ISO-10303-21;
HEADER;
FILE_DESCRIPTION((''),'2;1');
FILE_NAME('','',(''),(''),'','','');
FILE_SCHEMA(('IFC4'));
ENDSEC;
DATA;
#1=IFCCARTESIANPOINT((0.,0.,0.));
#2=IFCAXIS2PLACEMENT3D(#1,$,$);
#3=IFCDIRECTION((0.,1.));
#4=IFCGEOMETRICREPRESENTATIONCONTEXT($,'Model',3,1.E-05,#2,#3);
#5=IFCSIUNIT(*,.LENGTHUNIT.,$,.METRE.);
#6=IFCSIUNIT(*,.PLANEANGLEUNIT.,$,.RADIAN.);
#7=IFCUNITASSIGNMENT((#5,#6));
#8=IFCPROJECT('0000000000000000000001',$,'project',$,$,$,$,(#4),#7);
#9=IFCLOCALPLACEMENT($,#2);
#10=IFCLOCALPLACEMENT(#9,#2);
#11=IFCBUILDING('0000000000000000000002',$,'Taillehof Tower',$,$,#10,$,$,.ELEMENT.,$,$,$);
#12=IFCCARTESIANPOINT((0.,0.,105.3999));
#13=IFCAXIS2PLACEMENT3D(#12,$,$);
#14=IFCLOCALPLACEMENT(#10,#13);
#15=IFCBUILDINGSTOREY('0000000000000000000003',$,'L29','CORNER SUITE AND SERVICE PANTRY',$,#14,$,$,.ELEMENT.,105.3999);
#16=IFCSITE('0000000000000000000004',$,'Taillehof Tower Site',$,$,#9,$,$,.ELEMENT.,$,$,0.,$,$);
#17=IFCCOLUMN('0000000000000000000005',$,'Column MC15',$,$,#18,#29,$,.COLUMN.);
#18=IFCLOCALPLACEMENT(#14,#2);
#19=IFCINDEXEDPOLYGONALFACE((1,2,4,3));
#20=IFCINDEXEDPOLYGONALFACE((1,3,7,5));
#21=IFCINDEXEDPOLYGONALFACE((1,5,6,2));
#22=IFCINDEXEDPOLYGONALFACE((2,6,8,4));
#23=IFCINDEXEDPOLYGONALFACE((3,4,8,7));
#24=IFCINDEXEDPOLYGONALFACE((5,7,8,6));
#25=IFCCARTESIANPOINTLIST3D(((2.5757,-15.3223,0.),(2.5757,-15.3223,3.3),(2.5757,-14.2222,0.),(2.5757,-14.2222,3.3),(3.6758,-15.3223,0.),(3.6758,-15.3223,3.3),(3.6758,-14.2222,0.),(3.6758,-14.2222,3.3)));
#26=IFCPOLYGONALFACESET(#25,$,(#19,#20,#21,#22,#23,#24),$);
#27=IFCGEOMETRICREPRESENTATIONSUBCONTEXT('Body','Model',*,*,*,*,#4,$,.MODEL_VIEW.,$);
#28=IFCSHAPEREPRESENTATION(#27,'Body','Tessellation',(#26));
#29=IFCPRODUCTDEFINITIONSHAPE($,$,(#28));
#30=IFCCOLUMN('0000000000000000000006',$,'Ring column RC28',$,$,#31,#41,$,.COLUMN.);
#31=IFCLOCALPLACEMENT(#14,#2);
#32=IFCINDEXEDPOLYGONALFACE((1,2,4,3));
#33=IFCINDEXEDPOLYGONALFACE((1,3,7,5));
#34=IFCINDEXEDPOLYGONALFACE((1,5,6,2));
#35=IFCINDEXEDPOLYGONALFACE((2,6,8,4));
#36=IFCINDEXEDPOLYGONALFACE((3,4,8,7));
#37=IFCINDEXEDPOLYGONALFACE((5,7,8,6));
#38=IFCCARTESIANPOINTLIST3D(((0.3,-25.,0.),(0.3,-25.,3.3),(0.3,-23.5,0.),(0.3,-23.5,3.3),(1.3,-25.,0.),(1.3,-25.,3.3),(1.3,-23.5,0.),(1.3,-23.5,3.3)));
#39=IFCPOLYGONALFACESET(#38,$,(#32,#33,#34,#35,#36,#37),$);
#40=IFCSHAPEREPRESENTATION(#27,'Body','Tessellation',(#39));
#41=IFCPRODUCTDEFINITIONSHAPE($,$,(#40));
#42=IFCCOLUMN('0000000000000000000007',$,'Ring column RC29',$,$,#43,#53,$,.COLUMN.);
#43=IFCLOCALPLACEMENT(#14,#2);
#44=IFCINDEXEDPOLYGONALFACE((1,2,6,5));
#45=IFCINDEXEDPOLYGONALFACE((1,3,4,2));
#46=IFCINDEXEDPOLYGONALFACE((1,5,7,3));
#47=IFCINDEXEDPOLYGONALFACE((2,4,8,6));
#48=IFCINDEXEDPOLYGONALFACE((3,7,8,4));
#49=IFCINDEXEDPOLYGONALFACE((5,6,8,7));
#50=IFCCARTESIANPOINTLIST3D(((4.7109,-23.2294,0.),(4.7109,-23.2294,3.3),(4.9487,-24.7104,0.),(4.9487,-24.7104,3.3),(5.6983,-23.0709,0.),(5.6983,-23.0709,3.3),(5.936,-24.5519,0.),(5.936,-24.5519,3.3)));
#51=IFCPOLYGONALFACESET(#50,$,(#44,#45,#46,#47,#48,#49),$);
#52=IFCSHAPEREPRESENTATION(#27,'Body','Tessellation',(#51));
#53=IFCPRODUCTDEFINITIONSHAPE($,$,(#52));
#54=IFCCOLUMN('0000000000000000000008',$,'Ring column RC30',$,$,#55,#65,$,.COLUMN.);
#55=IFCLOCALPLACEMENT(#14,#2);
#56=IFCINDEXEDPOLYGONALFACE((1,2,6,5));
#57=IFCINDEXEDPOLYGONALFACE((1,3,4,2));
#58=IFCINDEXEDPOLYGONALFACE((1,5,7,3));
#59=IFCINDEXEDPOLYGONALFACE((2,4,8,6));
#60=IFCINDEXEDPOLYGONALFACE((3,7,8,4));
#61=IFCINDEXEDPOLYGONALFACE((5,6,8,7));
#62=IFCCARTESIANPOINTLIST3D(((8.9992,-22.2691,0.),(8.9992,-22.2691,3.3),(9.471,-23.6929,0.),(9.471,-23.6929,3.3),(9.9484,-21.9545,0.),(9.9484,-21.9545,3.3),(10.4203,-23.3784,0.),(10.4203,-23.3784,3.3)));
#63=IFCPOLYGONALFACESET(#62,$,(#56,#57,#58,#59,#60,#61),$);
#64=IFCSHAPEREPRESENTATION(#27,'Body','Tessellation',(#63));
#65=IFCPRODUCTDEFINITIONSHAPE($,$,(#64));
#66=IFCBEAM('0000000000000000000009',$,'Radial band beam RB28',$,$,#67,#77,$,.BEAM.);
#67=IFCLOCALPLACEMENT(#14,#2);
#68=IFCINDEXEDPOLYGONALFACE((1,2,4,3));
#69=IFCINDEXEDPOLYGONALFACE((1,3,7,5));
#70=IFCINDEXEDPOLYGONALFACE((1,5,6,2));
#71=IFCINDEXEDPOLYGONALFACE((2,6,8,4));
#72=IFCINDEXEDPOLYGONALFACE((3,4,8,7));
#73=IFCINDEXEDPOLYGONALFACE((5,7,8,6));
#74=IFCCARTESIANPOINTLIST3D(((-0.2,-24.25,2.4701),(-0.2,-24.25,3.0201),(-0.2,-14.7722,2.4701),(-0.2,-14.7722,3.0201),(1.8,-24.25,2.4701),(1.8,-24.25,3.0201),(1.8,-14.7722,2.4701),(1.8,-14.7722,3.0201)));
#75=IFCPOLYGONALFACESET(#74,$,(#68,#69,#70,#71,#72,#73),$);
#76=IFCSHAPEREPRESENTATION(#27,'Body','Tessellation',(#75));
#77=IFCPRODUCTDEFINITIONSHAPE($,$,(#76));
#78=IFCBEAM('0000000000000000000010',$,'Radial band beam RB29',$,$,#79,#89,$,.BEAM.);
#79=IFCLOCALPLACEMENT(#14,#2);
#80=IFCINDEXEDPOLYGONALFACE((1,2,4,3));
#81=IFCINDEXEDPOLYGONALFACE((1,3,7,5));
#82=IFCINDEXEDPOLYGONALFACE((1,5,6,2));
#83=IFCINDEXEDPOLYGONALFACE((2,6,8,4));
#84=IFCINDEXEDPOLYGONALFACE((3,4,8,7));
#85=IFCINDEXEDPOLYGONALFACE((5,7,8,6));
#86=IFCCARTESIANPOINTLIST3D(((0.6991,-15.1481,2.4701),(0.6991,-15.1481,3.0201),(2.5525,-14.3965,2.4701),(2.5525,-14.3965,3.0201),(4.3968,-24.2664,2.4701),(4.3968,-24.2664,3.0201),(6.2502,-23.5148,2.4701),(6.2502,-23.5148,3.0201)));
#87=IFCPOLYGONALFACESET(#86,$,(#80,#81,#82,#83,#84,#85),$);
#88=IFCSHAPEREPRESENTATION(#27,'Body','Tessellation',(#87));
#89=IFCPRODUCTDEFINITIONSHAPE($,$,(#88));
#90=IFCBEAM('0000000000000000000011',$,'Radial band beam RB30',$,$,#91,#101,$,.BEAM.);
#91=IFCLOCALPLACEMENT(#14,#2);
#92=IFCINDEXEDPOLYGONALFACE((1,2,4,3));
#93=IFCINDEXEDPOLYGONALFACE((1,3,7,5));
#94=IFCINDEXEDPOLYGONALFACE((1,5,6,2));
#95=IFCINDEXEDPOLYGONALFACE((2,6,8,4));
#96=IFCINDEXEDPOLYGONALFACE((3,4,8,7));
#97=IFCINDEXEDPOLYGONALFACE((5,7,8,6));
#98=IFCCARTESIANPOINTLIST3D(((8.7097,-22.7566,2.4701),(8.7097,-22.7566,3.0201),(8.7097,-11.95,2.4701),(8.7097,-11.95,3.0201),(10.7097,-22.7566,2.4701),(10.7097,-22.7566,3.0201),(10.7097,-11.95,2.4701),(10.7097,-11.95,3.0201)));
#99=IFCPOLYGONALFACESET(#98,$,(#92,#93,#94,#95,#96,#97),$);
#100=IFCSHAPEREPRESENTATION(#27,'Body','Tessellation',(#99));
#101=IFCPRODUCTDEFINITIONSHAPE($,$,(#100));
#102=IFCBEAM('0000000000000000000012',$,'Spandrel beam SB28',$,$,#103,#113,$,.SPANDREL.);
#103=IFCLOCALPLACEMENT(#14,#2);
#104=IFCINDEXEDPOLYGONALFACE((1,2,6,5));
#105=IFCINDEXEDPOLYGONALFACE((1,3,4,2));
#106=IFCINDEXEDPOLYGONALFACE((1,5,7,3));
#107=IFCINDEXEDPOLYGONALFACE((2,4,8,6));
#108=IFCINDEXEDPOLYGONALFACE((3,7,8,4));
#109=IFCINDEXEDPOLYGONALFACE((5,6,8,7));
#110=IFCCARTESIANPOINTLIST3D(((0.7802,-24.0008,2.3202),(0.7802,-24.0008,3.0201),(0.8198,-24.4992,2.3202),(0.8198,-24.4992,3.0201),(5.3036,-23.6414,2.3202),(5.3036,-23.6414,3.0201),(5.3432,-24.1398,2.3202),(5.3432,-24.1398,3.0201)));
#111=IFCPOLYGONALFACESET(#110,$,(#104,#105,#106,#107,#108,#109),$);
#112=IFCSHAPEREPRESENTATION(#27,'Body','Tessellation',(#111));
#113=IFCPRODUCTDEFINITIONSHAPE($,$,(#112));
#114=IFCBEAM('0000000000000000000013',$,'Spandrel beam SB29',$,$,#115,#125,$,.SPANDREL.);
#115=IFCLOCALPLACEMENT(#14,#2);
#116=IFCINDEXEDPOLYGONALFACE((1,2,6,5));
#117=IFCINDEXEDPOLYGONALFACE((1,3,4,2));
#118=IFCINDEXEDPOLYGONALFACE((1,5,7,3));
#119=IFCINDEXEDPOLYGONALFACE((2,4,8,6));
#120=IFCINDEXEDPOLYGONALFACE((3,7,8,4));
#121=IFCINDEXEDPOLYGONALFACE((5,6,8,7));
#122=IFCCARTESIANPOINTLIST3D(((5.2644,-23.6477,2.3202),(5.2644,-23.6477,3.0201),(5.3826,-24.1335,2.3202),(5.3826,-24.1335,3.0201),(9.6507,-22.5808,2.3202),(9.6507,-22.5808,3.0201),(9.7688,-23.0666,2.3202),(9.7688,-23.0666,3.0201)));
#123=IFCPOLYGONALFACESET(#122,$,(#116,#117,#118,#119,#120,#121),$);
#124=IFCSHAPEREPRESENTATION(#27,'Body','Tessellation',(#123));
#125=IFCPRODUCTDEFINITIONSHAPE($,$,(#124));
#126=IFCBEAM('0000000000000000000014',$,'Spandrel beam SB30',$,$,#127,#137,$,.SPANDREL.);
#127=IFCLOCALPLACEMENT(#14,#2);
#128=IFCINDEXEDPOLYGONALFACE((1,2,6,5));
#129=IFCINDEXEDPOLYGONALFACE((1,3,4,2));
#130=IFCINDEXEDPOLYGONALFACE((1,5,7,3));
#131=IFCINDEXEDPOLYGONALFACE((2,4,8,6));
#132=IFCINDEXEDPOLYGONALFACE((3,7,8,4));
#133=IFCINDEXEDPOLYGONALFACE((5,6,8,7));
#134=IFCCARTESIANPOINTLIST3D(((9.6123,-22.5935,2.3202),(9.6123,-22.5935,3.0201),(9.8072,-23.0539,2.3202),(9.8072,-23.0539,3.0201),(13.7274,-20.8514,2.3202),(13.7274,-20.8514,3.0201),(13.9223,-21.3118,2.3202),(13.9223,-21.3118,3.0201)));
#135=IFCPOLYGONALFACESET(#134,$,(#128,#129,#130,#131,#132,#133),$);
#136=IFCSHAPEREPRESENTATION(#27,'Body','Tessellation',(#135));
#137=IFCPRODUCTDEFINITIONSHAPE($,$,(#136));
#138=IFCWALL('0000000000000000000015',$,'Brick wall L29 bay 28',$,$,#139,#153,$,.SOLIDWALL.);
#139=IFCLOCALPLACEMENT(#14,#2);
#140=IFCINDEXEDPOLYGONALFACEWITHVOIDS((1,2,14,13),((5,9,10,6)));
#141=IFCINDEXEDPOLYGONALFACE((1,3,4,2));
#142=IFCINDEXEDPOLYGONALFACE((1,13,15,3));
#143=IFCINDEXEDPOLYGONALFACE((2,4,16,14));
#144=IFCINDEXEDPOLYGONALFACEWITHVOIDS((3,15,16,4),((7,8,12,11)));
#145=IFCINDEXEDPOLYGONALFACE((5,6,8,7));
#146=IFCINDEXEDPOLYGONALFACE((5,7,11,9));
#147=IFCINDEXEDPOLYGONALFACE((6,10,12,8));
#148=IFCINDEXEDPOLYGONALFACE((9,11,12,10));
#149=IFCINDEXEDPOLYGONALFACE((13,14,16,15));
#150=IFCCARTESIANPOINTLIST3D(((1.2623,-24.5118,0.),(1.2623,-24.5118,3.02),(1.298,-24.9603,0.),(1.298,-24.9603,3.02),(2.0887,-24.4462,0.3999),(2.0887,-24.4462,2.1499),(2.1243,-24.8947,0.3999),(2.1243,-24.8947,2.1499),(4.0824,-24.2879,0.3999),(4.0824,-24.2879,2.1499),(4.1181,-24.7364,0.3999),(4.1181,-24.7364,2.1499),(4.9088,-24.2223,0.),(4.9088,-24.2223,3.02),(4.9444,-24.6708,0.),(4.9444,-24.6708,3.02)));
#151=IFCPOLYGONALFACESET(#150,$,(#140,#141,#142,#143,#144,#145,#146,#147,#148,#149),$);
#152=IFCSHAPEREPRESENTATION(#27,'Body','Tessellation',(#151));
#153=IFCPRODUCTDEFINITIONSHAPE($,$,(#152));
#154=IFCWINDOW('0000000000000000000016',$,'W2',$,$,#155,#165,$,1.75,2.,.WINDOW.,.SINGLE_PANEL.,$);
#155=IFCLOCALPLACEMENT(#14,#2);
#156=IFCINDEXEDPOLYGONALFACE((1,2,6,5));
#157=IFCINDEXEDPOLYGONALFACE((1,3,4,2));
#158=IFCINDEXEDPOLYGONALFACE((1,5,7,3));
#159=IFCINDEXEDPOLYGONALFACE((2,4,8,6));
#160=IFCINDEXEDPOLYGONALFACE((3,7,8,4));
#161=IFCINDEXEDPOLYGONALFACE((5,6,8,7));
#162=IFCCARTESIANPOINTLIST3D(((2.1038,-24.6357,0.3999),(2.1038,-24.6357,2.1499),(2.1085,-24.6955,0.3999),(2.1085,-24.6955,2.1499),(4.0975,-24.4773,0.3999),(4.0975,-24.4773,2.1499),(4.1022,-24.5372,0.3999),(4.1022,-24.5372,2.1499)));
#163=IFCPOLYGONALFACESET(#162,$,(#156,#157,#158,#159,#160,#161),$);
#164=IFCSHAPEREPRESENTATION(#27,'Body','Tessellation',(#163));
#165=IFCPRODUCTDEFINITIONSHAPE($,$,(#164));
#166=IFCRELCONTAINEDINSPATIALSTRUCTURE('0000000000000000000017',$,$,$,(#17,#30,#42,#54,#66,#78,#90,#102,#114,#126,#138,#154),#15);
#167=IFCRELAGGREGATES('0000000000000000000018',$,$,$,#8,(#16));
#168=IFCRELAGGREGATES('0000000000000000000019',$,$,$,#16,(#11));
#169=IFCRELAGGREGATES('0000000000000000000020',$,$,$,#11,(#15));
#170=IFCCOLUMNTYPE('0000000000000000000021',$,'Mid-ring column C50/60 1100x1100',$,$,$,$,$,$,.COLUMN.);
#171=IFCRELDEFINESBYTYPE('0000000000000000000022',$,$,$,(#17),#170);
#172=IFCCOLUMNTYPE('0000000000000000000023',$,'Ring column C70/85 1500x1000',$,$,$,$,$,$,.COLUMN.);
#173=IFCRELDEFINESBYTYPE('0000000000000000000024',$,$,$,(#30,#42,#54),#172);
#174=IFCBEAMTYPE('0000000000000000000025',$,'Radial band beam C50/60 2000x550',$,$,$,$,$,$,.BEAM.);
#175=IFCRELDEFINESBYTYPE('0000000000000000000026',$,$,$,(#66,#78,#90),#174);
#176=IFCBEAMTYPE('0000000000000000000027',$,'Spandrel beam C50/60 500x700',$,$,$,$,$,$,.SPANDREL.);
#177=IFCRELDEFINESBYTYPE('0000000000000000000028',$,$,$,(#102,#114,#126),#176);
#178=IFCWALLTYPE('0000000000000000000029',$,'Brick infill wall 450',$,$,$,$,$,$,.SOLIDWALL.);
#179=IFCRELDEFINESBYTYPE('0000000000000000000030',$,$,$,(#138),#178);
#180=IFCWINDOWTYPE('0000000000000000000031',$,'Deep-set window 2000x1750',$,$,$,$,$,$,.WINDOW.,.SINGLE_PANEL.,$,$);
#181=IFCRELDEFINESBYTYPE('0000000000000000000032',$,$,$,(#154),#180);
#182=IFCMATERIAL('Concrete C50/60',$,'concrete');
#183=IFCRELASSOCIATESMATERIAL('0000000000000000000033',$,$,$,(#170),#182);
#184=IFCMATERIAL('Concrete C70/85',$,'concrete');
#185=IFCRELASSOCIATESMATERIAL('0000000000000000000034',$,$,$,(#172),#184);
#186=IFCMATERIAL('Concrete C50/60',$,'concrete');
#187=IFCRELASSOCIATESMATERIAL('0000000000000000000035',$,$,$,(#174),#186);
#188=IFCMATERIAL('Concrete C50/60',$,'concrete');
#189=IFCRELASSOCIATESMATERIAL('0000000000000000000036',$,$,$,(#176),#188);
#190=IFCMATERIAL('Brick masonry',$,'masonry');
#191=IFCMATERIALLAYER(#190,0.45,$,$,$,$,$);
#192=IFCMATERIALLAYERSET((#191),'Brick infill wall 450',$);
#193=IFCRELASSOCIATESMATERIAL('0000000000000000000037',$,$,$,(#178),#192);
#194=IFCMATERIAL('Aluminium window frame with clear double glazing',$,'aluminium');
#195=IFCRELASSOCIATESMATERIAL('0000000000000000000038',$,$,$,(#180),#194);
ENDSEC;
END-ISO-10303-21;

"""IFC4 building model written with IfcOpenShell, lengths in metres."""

from ifc_helpers import new_model, si_unit, direction, frame, frame_2d, origin, origin_2d, place, context, subcontext, project, spatial, rectangle, extrude, material, layer, layer_set, material_profile, profile_set, type_object, element, fill, save


model = new_model("IFC4")

# Units and contexts
model_context = context("Model", 3, precision=1e-05, world=origin(), true_north=direction((0.0, 1.0)))
body_context = subcontext(model_context, "Body", "Model", "MODEL_VIEW")
ifc_project = project(units=[si_unit("LENGTHUNIT", "METRE"), si_unit("PLANEANGLEUNIT", "RADIAN")], contexts=[model_context])

# Site, building, storey
site_placement = place(None, origin())
site = spatial("IfcSite", under=ifc_project, at=site_placement, Name="Taillehof Tower Site", CompositionType="ELEMENT", RefElevation=0.0)
building_placement = place(site_placement, origin())
building = spatial("IfcBuilding", under=site, at=building_placement, Name="Taillehof Tower", CompositionType="ELEMENT")
storey_placement = place(building_placement, frame((0.0, 0.0, 105.3999)))
storey = spatial("IfcBuildingStorey", under=building, at=storey_placement, Name="L29", Description="CORNER SUITE AND SERVICE PANTRY", CompositionType="ELEMENT", Elevation=105.3999)

# Columns
ifc_material_1 = material(Name="Concrete C50/60", Category="concrete")
ifc_material_profile_1 = material_profile(ifc_material_1, rectangle(XDim=1.1001, YDim=1.1001, at=origin_2d()), Name="RC 1100x1100")
ifc_profile_set_1 = profile_set([ifc_material_profile_1], Name="Concrete C50/60")
column_type_1 = type_object("IfcColumnType", Name="Mid-ring column C50/60 1100x1100", PredefinedType="COLUMN", material=ifc_profile_set_1)
column_placement = place(storey_placement, frame((3.1257, -14.7722, 0.0), z_axis=(0.0, 0.0, 1.0), x_axis=(1.0, 0.0, 0.0)))
element("IfcColumn", 1, at=column_placement, inside=storey, type_object=column_type_1, Name="Column MC15", PredefinedType="COLUMN", context=body_context, shape_type="SweptSolid", body=[
    extrude(rectangle(XDim=1.1001, YDim=1.1001, at=origin_2d()), origin(), (0.0, 0.0, 1.0), 3.3),
])
ifc_material_2 = material(Name="Concrete C70/85", Category="concrete")
ifc_material_profile_2 = material_profile(ifc_material_2, rectangle(XDim=1.5, YDim=1.0, at=origin_2d()), Name="RC 1500x1000")
ifc_profile_set_2 = profile_set([ifc_material_profile_2], Name="Concrete C70/85")
column_type_2 = type_object("IfcColumnType", Name="Ring column C70/85 1500x1000", PredefinedType="COLUMN", material=ifc_profile_set_2)
for number, where, z_axis, x_axis, name in (
    (2, (0.8, -24.25, 0.0), (0.0, 0.0, 1.0), (0.0, -1.0, 0.0), "Ring column RC28"),
    (3, (5.3235, -23.8906, 0.0), (0.0, 0.0, 1.0), (0.158507, -0.987358, 0.0), "Ring column RC29"),
    (4, (9.7097, -22.8237, 0.0), (0.0, 0.0, 1.0), (0.314555, -0.949239, 0.0), "Ring column RC30"),
):
    element("IfcColumn", number, at=place(storey_placement, frame(where, z_axis=z_axis, x_axis=x_axis)), inside=storey, type_object=column_type_2, Name=name, PredefinedType="COLUMN", context=body_context, shape_type="SweptSolid", body=[
        extrude(rectangle(XDim=1.5, YDim=1.0, at=origin_2d()), origin(), (0.0, 0.0, 1.0), 3.3),
    ])

# Beams
ifc_material_3 = material(Name="Concrete C50/60", Category="concrete")
ifc_material_profile_3 = material_profile(ifc_material_3, rectangle(XDim=2.0, YDim=0.55, at=origin_2d()), Name="RC 2000x550")
ifc_profile_set_3 = profile_set([ifc_material_profile_3], Name="Concrete C50/60")
beam_type_1 = type_object("IfcBeamType", Name="Radial band beam C50/60 2000x550", PredefinedType="BEAM", material=ifc_profile_set_3)
beam_1_placement = place(storey_placement, frame((0.8, -24.25, 2.7451), z_axis=(0.0, 1.0, 0.0), x_axis=(-1.0, 0.0, 0.0)))
element("IfcBeam", 5, at=beam_1_placement, inside=storey, type_object=beam_type_1, Name="Radial band beam RB28", PredefinedType="BEAM", context=body_context, shape_type="SweptSolid", body=[
    extrude(rectangle(XDim=2.0, YDim=0.55, at=origin_2d()), origin(), (0.0, 0.0, 1.0), 9.4778),
])
beam_2_placement = place(storey_placement, frame((5.3235, -23.8906, 2.7451), z_axis=(-0.375801, 0.9267, 0.0), x_axis=(-0.9267, -0.375801, 0.0)))
element("IfcBeam", 6, at=beam_2_placement, inside=storey, type_object=beam_type_1, Name="Radial band beam RB29", PredefinedType="BEAM", context=body_context, shape_type="SweptSolid", body=[
    extrude(rectangle(XDim=2.0, YDim=0.55, at=origin_2d()), origin(), (0.0, 0.0, 1.0), 9.8396),
])
beam_3_placement = place(storey_placement, frame((9.7097, -22.7566, 2.7451), z_axis=(0.0, 1.0, 0.0), x_axis=(-1.0, 0.0, 0.0)))
element("IfcBeam", 7, at=beam_3_placement, inside=storey, type_object=beam_type_1, Name="Radial band beam RB30", PredefinedType="BEAM", context=body_context, shape_type="SweptSolid", body=[
    extrude(rectangle(XDim=2.0, YDim=0.55, at=origin_2d()), origin(), (0.0, 0.0, 1.0), 10.8066),
])
ifc_material_4 = material(Name="Concrete C50/60", Category="concrete")
ifc_material_profile_4 = material_profile(ifc_material_4, rectangle(XDim=0.5, YDim=0.7, at=origin_2d()), Name="RC 500x700")
ifc_profile_set_4 = profile_set([ifc_material_profile_4], Name="Concrete C50/60")
beam_type_2 = type_object("IfcBeamType", Name="Spandrel beam C50/60 500x700", PredefinedType="SPANDREL", material=ifc_profile_set_4)
beam_4_placement = place(storey_placement, frame((0.8, -24.25, 2.6702), z_axis=(0.996859, 0.079198, 0.0), x_axis=(-0.079198, 0.996859, 0.0)))
element("IfcBeam", 8, at=beam_4_placement, inside=storey, type_object=beam_type_2, Name="Spandrel beam SB28", PredefinedType="SPANDREL", context=body_context, shape_type="SweptSolid", body=[
    extrude(rectangle(XDim=0.5, YDim=0.7, at=origin_2d()), origin(), (0.0, 0.0, 1.0), 4.5376),
])
beam_5_placement = place(storey_placement, frame((5.3235, -23.8906, 2.6702), z_axis=(0.971669, 0.236346, 0.0), x_axis=(-0.236346, 0.971669, 0.0)))
element("IfcBeam", 9, at=beam_5_placement, inside=storey, type_object=beam_type_2, Name="Spandrel beam SB29", PredefinedType="SPANDREL", context=body_context, shape_type="SweptSolid", body=[
    extrude(rectangle(XDim=0.5, YDim=0.7, at=origin_2d()), origin(), (0.0, 0.0, 1.0), 4.5142),
])
beam_6_placement = place(storey_placement, frame((9.7097, -22.8237, 2.6702), z_axis=(0.920877, 0.389854, 0.0), x_axis=(-0.389854, 0.920877, 0.0)))
element("IfcBeam", 10, at=beam_6_placement, inside=storey, type_object=beam_type_2, Name="Spandrel beam SB30", PredefinedType="SPANDREL", context=body_context, shape_type="SweptSolid", body=[
    extrude(rectangle(XDim=0.5, YDim=0.7, at=origin_2d()), origin(), (0.0, 0.0, 1.0), 4.4688),
])

# Wall, opening, window
ifc_material_5 = material(Name="Brick masonry", Category="masonry")
ifc_layer_1 = layer(ifc_material_5, 0.45)
ifc_layer_set_1 = layer_set([ifc_layer_1], Name="Brick infill wall 450")
wall_type_1 = type_object("IfcWallType", Name="Brick infill wall 450", PredefinedType="SOLIDWALL", material=ifc_layer_set_1)
wall_1_placement = place(storey_placement, frame((1.28, -24.7361, 0.0), z_axis=(0.0, 0.0, 1.0), x_axis=(0.996862, 0.079156, 0.0)))
wall_1 = element("IfcWall", 11, at=wall_1_placement, inside=storey, type_object=wall_type_1, Name="Brick wall L29 bay 28", PredefinedType="SOLIDWALL", context=body_context, shape_type="SweptSolid", body=[
    extrude(rectangle(XDim=3.658, YDim=0.45, at=frame_2d((1.8291, 0.0))), origin(), (0.0, 0.0, 1.0), 3.02),
])
opening_1_placement = place(wall_1_placement, frame((0.8291, 0.0, 0.3999)))
opening_1 = element("IfcOpeningElement", 12, at=opening_1_placement, cuts=wall_1, PredefinedType="OPENING", context=body_context, shape_type="SweptSolid", body=[
    extrude(rectangle(XDim=2.0, YDim=1.75, at=frame_2d((1.0, 0.875))), frame((0.0, 0.2349, 0.0), z_axis=(0.0, -1.0, 0.0), x_axis=(1.0, 0.0, 0.0)), (0.0, 0.0, 1.0), 0.47),
])
ifc_material_6 = material(Name="Aluminium window frame with clear double glazing", Category="aluminium")
window_type = type_object("IfcWindowType", Name="Deep-set window 2000x1750", PartitioningType="SINGLE_PANEL", PredefinedType="WINDOW", material=ifc_material_6)
window_1_placement = place(opening_1_placement, origin())
window_1 = element("IfcWindow", 13, at=window_1_placement, inside=storey, type_object=window_type, Name="W2", OverallHeight=1.75, OverallWidth=2.0, PartitioningType="SINGLE_PANEL", PredefinedType="WINDOW", context=body_context, shape_type="SweptSolid", body=[
    extrude(rectangle(XDim=2.0, YDim=1.75, at=frame_2d((1.0, 0.875))), frame((0.0, 0.0349, 0.0), z_axis=(0.0, -1.0, 0.0), x_axis=(1.0, 0.0, 0.0)), (0.0, 0.0, 1.0), 0.0601),
])
fill(opening_1, window_1)

save(model, "model.ifc")
